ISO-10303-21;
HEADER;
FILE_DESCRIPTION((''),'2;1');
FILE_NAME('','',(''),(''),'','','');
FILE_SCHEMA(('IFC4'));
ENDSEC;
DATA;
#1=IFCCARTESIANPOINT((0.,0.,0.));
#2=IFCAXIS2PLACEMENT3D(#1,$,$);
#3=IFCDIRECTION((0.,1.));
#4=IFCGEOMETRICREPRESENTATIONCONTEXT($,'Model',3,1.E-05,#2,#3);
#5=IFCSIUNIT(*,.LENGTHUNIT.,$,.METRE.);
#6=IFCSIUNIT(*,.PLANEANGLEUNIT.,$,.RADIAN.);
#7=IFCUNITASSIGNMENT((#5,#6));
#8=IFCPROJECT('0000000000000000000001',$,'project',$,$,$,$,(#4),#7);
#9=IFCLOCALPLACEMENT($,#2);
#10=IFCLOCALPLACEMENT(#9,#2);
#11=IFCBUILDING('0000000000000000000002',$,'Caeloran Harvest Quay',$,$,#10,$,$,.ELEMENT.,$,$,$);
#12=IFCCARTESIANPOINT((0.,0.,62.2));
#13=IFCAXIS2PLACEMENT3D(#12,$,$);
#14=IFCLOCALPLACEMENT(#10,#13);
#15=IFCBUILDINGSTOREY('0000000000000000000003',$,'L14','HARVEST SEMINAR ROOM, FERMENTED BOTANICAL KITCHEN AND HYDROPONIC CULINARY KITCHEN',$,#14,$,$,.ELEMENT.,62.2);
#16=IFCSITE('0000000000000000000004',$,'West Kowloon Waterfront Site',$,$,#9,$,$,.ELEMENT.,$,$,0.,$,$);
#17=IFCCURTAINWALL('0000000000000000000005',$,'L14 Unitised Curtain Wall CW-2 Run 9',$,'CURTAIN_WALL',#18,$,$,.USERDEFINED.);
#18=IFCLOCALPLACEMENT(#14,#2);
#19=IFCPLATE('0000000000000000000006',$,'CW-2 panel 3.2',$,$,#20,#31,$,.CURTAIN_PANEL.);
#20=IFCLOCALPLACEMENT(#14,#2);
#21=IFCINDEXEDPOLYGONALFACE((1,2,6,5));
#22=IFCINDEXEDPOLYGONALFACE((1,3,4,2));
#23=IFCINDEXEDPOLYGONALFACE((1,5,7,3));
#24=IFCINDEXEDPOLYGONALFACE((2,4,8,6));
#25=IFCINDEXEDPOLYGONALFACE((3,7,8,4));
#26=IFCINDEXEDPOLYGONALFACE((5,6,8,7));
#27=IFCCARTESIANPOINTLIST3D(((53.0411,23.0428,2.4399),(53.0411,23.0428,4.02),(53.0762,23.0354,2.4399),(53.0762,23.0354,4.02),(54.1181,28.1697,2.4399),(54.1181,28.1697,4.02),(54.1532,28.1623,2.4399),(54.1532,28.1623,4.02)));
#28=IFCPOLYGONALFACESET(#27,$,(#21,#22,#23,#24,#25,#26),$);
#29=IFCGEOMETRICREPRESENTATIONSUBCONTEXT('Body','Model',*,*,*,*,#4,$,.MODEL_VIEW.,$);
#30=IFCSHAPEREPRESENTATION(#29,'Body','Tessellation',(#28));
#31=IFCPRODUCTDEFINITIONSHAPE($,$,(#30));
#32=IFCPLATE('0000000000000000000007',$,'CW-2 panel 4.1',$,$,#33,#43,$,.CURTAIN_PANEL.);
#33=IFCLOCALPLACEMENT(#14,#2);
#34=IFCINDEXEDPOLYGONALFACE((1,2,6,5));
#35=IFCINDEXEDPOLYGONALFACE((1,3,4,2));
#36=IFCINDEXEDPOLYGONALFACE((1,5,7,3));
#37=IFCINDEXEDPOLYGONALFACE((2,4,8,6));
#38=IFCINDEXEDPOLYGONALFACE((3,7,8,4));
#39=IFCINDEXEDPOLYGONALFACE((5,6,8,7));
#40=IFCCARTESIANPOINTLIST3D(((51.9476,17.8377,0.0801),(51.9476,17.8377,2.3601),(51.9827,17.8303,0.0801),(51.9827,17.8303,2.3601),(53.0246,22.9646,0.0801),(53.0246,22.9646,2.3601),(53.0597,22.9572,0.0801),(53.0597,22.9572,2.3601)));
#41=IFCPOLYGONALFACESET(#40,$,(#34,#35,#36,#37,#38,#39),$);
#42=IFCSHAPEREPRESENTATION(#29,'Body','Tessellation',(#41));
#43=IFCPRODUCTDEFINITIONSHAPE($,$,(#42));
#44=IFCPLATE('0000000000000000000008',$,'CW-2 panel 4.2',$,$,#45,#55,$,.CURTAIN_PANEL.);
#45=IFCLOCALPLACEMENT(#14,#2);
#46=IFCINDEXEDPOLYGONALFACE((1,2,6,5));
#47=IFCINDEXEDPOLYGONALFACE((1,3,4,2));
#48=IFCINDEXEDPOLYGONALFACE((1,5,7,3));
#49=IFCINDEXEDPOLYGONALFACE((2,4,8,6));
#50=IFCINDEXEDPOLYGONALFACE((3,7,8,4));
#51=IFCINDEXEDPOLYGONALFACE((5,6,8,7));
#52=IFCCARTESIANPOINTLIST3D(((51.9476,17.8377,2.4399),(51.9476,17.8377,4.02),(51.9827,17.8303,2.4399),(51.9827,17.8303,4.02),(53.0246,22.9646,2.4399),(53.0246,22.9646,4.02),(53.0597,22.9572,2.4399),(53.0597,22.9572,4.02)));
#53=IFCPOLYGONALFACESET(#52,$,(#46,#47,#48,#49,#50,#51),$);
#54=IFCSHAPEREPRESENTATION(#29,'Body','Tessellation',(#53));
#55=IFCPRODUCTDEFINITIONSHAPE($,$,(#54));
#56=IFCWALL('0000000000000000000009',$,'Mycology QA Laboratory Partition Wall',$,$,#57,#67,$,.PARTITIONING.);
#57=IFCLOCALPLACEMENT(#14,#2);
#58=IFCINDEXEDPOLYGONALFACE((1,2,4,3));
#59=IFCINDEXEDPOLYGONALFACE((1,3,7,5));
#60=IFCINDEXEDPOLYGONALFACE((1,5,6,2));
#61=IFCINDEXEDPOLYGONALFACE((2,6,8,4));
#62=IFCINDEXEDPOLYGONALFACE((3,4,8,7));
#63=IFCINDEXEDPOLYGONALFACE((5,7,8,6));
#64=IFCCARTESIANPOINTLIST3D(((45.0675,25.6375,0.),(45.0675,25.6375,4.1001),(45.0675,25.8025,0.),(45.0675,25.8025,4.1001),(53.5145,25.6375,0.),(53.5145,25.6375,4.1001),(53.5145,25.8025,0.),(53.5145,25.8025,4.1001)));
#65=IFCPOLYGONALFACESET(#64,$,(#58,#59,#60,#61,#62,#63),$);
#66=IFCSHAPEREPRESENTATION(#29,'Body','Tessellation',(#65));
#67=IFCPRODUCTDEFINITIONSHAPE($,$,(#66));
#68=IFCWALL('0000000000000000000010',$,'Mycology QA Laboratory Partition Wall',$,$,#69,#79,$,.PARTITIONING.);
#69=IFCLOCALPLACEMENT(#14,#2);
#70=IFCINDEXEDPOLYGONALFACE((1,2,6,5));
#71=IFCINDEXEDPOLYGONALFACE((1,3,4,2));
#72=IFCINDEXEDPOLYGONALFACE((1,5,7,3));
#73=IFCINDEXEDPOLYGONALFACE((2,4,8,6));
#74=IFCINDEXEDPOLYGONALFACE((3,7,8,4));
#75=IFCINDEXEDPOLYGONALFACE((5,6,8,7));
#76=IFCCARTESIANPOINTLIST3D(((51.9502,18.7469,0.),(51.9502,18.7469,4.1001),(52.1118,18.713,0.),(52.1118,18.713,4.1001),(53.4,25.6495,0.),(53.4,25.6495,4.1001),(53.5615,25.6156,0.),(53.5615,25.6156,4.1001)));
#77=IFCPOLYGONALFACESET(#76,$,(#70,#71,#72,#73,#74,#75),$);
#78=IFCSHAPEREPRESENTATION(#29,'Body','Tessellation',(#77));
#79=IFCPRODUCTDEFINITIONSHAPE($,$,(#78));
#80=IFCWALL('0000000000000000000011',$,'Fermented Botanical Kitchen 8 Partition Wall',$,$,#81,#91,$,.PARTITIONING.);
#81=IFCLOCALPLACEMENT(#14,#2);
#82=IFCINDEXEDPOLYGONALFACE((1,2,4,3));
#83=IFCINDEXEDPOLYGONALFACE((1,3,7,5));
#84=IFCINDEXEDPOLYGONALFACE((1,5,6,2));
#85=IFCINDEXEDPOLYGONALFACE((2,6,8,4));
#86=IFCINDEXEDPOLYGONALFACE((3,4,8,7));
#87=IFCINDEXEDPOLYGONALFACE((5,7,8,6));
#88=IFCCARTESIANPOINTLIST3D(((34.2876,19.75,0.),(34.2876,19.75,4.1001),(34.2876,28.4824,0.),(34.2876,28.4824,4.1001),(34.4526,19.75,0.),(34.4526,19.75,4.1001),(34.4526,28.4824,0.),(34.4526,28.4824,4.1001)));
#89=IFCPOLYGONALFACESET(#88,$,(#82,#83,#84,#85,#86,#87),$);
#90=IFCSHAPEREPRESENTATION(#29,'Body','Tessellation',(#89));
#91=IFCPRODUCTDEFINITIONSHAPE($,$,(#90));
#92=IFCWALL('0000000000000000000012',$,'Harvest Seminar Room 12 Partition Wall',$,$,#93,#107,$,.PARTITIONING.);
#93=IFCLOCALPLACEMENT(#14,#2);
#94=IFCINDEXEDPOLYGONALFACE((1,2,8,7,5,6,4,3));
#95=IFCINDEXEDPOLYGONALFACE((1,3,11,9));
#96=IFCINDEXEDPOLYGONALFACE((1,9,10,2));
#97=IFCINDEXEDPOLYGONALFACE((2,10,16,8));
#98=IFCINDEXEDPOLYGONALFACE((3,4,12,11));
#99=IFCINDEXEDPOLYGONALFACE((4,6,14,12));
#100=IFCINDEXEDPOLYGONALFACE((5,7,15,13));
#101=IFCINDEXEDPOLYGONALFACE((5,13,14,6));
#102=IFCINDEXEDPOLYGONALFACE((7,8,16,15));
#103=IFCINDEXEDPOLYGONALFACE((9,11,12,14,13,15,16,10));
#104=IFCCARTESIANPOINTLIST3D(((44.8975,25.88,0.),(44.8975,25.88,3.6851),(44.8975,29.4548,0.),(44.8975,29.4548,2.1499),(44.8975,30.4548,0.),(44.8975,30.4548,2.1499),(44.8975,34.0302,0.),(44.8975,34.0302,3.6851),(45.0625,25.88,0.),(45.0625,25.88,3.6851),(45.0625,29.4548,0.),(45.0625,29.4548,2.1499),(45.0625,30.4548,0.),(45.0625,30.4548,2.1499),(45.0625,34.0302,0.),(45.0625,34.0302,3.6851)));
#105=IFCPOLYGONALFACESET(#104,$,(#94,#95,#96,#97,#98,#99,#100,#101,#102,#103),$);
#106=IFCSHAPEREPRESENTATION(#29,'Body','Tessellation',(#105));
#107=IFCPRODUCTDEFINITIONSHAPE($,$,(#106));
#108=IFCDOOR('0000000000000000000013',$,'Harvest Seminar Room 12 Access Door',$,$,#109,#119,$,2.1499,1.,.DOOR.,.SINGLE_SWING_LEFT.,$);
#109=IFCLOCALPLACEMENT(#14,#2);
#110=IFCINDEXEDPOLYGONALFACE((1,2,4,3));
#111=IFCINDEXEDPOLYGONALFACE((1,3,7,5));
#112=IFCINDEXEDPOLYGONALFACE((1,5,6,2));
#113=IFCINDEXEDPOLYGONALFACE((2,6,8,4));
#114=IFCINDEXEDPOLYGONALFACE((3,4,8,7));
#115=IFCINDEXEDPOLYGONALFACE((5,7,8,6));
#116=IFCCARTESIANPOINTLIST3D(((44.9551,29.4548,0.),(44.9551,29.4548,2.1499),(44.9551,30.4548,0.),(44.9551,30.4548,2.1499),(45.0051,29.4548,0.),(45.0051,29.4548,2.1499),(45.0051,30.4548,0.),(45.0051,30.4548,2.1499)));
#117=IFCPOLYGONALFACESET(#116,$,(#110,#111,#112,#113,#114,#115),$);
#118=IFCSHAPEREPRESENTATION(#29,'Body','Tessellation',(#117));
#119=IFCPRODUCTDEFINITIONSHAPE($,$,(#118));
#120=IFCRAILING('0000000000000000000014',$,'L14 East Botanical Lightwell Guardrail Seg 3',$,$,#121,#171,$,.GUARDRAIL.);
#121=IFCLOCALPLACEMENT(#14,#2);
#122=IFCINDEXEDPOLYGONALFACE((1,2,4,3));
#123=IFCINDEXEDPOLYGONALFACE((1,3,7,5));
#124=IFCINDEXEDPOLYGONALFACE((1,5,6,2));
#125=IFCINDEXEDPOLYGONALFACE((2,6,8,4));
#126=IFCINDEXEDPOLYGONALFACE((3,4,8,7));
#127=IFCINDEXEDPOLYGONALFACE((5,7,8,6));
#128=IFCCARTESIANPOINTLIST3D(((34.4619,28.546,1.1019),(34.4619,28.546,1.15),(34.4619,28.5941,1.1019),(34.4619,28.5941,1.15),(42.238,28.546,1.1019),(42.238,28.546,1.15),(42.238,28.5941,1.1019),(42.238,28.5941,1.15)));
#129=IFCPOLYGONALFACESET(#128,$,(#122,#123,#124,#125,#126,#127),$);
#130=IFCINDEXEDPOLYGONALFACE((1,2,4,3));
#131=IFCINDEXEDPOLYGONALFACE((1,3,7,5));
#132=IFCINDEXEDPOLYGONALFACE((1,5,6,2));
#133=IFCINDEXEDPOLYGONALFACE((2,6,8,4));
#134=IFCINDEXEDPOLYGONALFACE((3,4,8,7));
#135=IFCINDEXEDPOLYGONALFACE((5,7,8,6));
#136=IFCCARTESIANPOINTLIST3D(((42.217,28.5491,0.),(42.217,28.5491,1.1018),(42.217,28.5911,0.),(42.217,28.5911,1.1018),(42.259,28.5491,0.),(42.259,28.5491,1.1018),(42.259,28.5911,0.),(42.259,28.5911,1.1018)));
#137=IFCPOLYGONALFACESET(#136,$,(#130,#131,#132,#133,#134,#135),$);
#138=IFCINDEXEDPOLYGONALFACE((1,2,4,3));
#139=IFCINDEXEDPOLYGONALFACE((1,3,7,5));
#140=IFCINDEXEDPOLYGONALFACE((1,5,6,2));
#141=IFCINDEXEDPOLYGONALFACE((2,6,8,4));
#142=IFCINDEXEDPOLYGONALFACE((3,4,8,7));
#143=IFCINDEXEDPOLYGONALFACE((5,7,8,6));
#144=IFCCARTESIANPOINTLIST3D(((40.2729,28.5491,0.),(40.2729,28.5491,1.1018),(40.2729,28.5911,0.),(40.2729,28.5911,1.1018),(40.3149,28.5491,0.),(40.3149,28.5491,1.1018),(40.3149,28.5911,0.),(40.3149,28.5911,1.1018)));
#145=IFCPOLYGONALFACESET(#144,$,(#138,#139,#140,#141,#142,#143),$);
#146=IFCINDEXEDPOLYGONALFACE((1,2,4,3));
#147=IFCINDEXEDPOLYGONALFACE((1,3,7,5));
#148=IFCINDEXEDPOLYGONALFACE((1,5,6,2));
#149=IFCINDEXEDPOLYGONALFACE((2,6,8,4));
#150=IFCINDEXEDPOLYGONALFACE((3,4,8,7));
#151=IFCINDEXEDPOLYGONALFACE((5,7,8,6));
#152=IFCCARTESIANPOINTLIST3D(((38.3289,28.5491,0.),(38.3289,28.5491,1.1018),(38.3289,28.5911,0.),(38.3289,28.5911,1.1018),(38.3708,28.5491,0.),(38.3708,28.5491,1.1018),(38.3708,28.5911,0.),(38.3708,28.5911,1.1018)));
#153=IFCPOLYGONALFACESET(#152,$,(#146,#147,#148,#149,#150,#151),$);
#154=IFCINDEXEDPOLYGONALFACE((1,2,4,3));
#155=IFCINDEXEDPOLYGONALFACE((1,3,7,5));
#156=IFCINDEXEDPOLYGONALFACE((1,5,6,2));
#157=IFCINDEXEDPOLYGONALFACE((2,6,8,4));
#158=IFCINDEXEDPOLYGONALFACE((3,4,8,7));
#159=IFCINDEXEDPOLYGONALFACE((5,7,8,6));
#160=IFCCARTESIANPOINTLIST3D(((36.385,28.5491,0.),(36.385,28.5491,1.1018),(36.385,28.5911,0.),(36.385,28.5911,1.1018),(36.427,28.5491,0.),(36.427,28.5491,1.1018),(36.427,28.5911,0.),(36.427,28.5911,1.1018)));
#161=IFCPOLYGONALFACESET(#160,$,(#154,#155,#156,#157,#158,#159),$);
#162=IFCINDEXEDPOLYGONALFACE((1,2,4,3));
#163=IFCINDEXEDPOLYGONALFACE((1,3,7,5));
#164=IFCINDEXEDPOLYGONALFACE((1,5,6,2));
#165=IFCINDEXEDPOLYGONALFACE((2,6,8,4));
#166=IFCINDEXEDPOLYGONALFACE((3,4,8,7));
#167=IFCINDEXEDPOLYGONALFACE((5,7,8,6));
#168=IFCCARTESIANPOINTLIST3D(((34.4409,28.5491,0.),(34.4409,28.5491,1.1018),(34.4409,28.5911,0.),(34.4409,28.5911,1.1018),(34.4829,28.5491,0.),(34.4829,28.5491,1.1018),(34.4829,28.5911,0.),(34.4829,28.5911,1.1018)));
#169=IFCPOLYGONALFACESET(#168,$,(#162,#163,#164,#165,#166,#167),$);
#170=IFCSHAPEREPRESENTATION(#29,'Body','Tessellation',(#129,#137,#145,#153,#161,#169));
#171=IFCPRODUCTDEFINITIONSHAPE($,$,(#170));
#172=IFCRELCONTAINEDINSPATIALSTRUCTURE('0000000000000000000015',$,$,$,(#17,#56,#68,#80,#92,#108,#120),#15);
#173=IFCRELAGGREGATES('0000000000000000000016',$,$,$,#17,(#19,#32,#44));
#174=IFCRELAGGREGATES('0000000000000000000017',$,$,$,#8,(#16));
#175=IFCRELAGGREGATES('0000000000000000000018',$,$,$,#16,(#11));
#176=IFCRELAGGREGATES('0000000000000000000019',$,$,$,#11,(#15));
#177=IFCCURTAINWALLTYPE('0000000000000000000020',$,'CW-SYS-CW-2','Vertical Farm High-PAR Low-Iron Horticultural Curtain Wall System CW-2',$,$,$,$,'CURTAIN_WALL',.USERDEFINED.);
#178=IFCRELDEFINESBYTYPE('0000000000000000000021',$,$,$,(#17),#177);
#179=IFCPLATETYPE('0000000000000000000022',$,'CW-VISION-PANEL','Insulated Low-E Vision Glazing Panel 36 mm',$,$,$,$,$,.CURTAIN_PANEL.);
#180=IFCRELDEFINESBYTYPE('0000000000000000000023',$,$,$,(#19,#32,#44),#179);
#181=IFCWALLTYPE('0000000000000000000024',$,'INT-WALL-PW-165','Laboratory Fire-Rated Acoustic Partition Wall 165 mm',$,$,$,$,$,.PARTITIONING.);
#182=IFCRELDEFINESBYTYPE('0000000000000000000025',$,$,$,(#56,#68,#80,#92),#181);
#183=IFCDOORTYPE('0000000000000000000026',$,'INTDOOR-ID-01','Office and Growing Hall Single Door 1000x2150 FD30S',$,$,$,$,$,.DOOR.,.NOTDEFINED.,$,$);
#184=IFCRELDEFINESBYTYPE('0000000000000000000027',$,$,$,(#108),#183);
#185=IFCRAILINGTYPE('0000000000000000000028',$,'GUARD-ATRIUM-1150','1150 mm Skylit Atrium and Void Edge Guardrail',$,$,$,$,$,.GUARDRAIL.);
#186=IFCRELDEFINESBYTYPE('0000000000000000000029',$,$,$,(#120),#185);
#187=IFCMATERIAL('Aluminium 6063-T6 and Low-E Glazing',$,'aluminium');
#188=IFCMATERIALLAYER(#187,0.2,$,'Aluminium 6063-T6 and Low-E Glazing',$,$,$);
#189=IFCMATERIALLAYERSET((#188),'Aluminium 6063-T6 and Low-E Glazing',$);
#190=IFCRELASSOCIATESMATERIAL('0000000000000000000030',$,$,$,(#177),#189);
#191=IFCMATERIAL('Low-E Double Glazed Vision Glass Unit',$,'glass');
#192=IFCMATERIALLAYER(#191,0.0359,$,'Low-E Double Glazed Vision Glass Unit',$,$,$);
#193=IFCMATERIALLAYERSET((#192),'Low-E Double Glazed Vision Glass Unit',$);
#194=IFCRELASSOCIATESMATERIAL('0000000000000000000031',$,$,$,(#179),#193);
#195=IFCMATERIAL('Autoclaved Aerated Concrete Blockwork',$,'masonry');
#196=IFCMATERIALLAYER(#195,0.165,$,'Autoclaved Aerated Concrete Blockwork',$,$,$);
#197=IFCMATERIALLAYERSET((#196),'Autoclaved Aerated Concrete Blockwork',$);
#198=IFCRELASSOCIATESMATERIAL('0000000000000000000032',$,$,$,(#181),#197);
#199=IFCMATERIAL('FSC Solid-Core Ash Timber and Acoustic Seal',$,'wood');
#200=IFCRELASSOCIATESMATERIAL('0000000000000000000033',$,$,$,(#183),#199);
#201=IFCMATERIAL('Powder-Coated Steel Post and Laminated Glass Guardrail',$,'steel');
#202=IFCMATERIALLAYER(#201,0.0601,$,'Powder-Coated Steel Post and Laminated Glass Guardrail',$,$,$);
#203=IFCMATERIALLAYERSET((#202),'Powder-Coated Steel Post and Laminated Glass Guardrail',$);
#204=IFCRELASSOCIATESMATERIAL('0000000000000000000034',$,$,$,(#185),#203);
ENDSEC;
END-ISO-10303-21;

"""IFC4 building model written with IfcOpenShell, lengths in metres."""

from ifc_helpers import new_model, si_unit, direction, frame, frame_2d, origin, origin_2d, place, context, subcontext, project, spatial, rectangle, extrude, material, layer, layer_set, type_object, element, fill, aggregate, save


model = new_model("IFC4")

# Units and contexts
model_context = context("Model", 3, precision=1e-05, world=origin(), true_north=direction((0.0, 1.0)))
body_context = subcontext(model_context, "Body", "Model", "MODEL_VIEW")
ifc_project = project(units=[si_unit("LENGTHUNIT", "METRE"), si_unit("PLANEANGLEUNIT", "RADIAN")], contexts=[model_context])

# Site, building, storey
site_placement = place(None, origin())
site = spatial("IfcSite", under=ifc_project, at=site_placement, Name="West Kowloon Waterfront Site", CompositionType="ELEMENT", RefElevation=0.0)
building_placement = place(site_placement, origin())
building = spatial("IfcBuilding", under=site, at=building_placement, Name="Caeloran Harvest Quay", CompositionType="ELEMENT")
storey_placement = place(building_placement, frame((0.0, 0.0, 62.2)))
storey = spatial("IfcBuildingStorey", under=building, at=storey_placement, Name="L14", Description="HARVEST SEMINAR ROOM, FERMENTED BOTANICAL KITCHEN AND HYDROPONIC CULINARY KITCHEN", CompositionType="ELEMENT", Elevation=62.2)

# Curtain wall, plates
ifc_material_1 = material(Name="Aluminium 6063-T6 and Low-E Glazing", Category="aluminium")
ifc_layer_1 = layer(ifc_material_1, 0.2, Name="Aluminium 6063-T6 and Low-E Glazing")
ifc_layer_set_1 = layer_set([ifc_layer_1], Name="Aluminium 6063-T6 and Low-E Glazing")
curtain_wall_type = type_object("IfcCurtainWallType", Name="CW-SYS-CW-2", Description="Vertical Farm High-PAR Low-Iron Horticultural Curtain Wall System CW-2", ElementType="CURTAIN_WALL", PredefinedType="USERDEFINED", material=ifc_layer_set_1)
curtain_wall_placement = place(storey_placement, origin())
curtain_wall = element("IfcCurtainWall", 1, at=curtain_wall_placement, inside=storey, type_object=curtain_wall_type, Name="L14 Unitised Curtain Wall CW-2 Run 9", ObjectType="CURTAIN_WALL", PredefinedType="USERDEFINED")
ifc_material_2 = material(Name="Low-E Double Glazed Vision Glass Unit", Category="glass")
ifc_layer_2 = layer(ifc_material_2, 0.0359, Name="Low-E Double Glazed Vision Glass Unit")
ifc_layer_set_2 = layer_set([ifc_layer_2], Name="Low-E Double Glazed Vision Glass Unit")
plate_type = type_object("IfcPlateType", Name="CW-VISION-PANEL", Description="Insulated Low-E Vision Glazing Panel 36 mm", PredefinedType="CURTAIN_PANEL", material=ifc_layer_set_2)
plate_1_placement = place(storey_placement, frame((53.5972, 25.6025, 2.4399), z_axis=(0.0, 0.0, 1.0), x_axis=(-0.205583, -0.97864, 0.0)))
plate_1 = element("IfcPlate", 2, at=plate_1_placement, type_object=plate_type, Name="CW-2 panel 3.2", PredefinedType="CURTAIN_PANEL", context=body_context, shape_type="SweptSolid", body=[
    extrude(rectangle(XDim=5.2388, YDim=0.0359, at=origin_2d()), origin(), (0.0, 0.0, 1.0), 1.5801),
])
plate_2_placement = place(storey_placement, frame((52.5037, 20.3975, 0.0801), z_axis=(0.0, 0.0, 1.0), x_axis=(-0.205583, -0.97864, 0.0)))
plate_2 = element("IfcPlate", 3, at=plate_2_placement, type_object=plate_type, Name="CW-2 panel 4.1", PredefinedType="CURTAIN_PANEL", context=body_context, shape_type="SweptSolid", body=[
    extrude(rectangle(XDim=5.2388, YDim=0.0359, at=origin_2d()), origin(), (0.0, 0.0, 1.0), 2.28),
])
plate_3_placement = place(storey_placement, frame((52.5037, 20.3975, 2.4399), z_axis=(0.0, 0.0, 1.0), x_axis=(-0.205583, -0.97864, 0.0)))
plate_3 = element("IfcPlate", 4, at=plate_3_placement, type_object=plate_type, Name="CW-2 panel 4.2", PredefinedType="CURTAIN_PANEL", context=body_context, shape_type="SweptSolid", body=[
    extrude(rectangle(XDim=5.2388, YDim=0.0359, at=origin_2d()), origin(), (0.0, 0.0, 1.0), 1.5801),
])
aggregate(curtain_wall, [plate_1, plate_2, plate_3])

# Walls
ifc_material_3 = material(Name="Autoclaved Aerated Concrete Blockwork", Category="masonry")
ifc_layer_3 = layer(ifc_material_3, 0.165, Name="Autoclaved Aerated Concrete Blockwork")
ifc_layer_set_3 = layer_set([ifc_layer_3], Name="Autoclaved Aerated Concrete Blockwork")
wall_type = type_object("IfcWallType", Name="INT-WALL-PW-165", Description="Laboratory Fire-Rated Acoustic Partition Wall 165 mm", PredefinedType="PARTITIONING", material=ifc_layer_set_3)
wall_1_placement = place(storey_placement, frame((45.0674, 25.72, 0.0), z_axis=(0.0, 0.0, 1.0), x_axis=(1.0, 0.0, 0.0)))
element("IfcWall", 5, at=wall_1_placement, inside=storey, type_object=wall_type, Name="Mycology QA Laboratory Partition Wall", PredefinedType="PARTITIONING", context=body_context, shape_type="SweptSolid", body=[
    extrude(rectangle(XDim=8.447, YDim=0.165, at=frame_2d((4.2236, 0.0))), origin(), (0.0, 0.0, 1.0), 4.1001),
])
wall_2_placement = place(storey_placement, frame((53.4807, 25.6326, 0.0), z_axis=(0.0, 0.0, 1.0), x_axis=(-0.205539, -0.978649, 0.0)))
element("IfcWall", 6, at=wall_2_placement, inside=storey, type_object=wall_type, Name="Mycology QA Laboratory Partition Wall", PredefinedType="PARTITIONING", context=body_context, shape_type="SweptSolid", body=[
    extrude(rectangle(XDim=7.0532, YDim=0.165, at=frame_2d((3.5266, 0.0))), origin(), (0.0, 0.0, 1.0), 4.1001),
])
wall_3_placement = place(storey_placement, frame((34.3701, 28.4824, 0.0), z_axis=(0.0, 0.0, 1.0), x_axis=(0.0, -1.0, 0.0)))
element("IfcWall", 7, at=wall_3_placement, inside=storey, type_object=wall_type, Name="Fermented Botanical Kitchen 8 Partition Wall", PredefinedType="PARTITIONING", context=body_context, shape_type="SweptSolid", body=[
    extrude(rectangle(XDim=8.7324, YDim=0.165, at=frame_2d((4.3662, 0.0))), origin(), (0.0, 0.0, 1.0), 4.1001),
])

# Wall, opening, door
wall_4_placement = place(storey_placement, frame((44.98, 25.8799, 0.0), z_axis=(0.0, 0.0, 1.0), x_axis=(0.0, 1.0, 0.0)))
wall_4 = element("IfcWall", 8, at=wall_4_placement, inside=storey, type_object=wall_type, Name="Harvest Seminar Room 12 Partition Wall", PredefinedType="PARTITIONING", context=body_context, shape_type="SweptSolid", body=[
    extrude(rectangle(XDim=8.1501, YDim=0.165, at=frame_2d((4.0752, 0.0))), origin(), (0.0, 0.0, 1.0), 3.6851),
])
opening_placement = place(wall_4_placement, frame((3.575, 0.0, 0.0)))
opening = element("IfcOpeningElement", 9, at=opening_placement, cuts=wall_4, PredefinedType="OPENING", context=body_context, shape_type="SweptSolid", body=[
    extrude(rectangle(XDim=1.0, YDim=2.1499, at=frame_2d((0.5, 1.075))), frame((0.0, 0.0925, 0.0), z_axis=(0.0, -1.0, 0.0), x_axis=(1.0, 0.0, 0.0)), (0.0, 0.0, 1.0), 0.1851),
])
ifc_material_4 = material(Name="FSC Solid-Core Ash Timber and Acoustic Seal", Category="wood")
door_type = type_object("IfcDoorType", Name="INTDOOR-ID-01", Description="Office and Growing Hall Single Door 1000x2150 FD30S", OperationType="NOTDEFINED", PredefinedType="DOOR", material=ifc_material_4)
door_placement = place(opening_placement, origin())
door = element("IfcDoor", 10, at=door_placement, inside=storey, type_object=door_type, Name="Harvest Seminar Room 12 Access Door", OperationType="SINGLE_SWING_LEFT", OverallHeight=2.1499, OverallWidth=1.0, PredefinedType="DOOR", context=body_context, shape_type="SweptSolid", body=[
    extrude(rectangle(XDim=1.0, YDim=2.1499, at=frame_2d((0.5, 1.075))), frame((0.0, 0.0249, 0.0), z_axis=(0.0, -1.0, 0.0), x_axis=(1.0, 0.0, 0.0)), (0.0, 0.0, 1.0), 0.05),
])
fill(opening, door)

# Railing
ifc_material_5 = material(Name="Powder-Coated Steel Post and Laminated Glass Guardrail", Category="steel")
ifc_layer_4 = layer(ifc_material_5, 0.0601, Name="Powder-Coated Steel Post and Laminated Glass Guardrail")
ifc_layer_set_4 = layer_set([ifc_layer_4], Name="Powder-Coated Steel Post and Laminated Glass Guardrail")
railing_type = type_object("IfcRailingType", Name="GUARD-ATRIUM-1150", Description="1150 mm Skylit Atrium and Void Edge Guardrail", PredefinedType="GUARDRAIL", material=ifc_layer_set_4)
railing_1_placement = place(storey_placement, frame((42.238, 28.5701, 0.0)))
element("IfcRailing", 11, at=railing_1_placement, inside=storey, type_object=railing_type, Name="L14 East Botanical Lightwell Guardrail Seg 3", PredefinedType="GUARDRAIL", context=body_context, shape_type="SweptSolid", body=[
    extrude(rectangle(XDim=0.0481, YDim=0.0481, at=origin_2d()), frame((0.0, 0.0, 1.126), z_axis=(-1.0, 0.0, 0.0), x_axis=(0.0, -1.0, 0.0)), (0.0, 0.0, 1.0), 7.7761),
    extrude(rectangle(XDim=0.042, YDim=0.042, at=origin_2d()), origin(), (0.0, 0.0, 1.0), 1.1018),
    extrude(rectangle(XDim=0.042, YDim=0.042, at=origin_2d()), frame((-1.9441, 0.0, 0.0)), (0.0, 0.0, 1.0), 1.1018),
    extrude(rectangle(XDim=0.042, YDim=0.042, at=origin_2d()), frame((-3.8882, 0.0, 0.0)), (0.0, 0.0, 1.0), 1.1018),
    extrude(rectangle(XDim=0.042, YDim=0.042, at=origin_2d()), frame((-5.832, 0.0, 0.0)), (0.0, 0.0, 1.0), 1.1018),
    extrude(rectangle(XDim=0.042, YDim=0.042, at=origin_2d()), frame((-7.7761, 0.0, 0.0)), (0.0, 0.0, 1.0), 1.1018),
])

save(model, "model.ifc")
